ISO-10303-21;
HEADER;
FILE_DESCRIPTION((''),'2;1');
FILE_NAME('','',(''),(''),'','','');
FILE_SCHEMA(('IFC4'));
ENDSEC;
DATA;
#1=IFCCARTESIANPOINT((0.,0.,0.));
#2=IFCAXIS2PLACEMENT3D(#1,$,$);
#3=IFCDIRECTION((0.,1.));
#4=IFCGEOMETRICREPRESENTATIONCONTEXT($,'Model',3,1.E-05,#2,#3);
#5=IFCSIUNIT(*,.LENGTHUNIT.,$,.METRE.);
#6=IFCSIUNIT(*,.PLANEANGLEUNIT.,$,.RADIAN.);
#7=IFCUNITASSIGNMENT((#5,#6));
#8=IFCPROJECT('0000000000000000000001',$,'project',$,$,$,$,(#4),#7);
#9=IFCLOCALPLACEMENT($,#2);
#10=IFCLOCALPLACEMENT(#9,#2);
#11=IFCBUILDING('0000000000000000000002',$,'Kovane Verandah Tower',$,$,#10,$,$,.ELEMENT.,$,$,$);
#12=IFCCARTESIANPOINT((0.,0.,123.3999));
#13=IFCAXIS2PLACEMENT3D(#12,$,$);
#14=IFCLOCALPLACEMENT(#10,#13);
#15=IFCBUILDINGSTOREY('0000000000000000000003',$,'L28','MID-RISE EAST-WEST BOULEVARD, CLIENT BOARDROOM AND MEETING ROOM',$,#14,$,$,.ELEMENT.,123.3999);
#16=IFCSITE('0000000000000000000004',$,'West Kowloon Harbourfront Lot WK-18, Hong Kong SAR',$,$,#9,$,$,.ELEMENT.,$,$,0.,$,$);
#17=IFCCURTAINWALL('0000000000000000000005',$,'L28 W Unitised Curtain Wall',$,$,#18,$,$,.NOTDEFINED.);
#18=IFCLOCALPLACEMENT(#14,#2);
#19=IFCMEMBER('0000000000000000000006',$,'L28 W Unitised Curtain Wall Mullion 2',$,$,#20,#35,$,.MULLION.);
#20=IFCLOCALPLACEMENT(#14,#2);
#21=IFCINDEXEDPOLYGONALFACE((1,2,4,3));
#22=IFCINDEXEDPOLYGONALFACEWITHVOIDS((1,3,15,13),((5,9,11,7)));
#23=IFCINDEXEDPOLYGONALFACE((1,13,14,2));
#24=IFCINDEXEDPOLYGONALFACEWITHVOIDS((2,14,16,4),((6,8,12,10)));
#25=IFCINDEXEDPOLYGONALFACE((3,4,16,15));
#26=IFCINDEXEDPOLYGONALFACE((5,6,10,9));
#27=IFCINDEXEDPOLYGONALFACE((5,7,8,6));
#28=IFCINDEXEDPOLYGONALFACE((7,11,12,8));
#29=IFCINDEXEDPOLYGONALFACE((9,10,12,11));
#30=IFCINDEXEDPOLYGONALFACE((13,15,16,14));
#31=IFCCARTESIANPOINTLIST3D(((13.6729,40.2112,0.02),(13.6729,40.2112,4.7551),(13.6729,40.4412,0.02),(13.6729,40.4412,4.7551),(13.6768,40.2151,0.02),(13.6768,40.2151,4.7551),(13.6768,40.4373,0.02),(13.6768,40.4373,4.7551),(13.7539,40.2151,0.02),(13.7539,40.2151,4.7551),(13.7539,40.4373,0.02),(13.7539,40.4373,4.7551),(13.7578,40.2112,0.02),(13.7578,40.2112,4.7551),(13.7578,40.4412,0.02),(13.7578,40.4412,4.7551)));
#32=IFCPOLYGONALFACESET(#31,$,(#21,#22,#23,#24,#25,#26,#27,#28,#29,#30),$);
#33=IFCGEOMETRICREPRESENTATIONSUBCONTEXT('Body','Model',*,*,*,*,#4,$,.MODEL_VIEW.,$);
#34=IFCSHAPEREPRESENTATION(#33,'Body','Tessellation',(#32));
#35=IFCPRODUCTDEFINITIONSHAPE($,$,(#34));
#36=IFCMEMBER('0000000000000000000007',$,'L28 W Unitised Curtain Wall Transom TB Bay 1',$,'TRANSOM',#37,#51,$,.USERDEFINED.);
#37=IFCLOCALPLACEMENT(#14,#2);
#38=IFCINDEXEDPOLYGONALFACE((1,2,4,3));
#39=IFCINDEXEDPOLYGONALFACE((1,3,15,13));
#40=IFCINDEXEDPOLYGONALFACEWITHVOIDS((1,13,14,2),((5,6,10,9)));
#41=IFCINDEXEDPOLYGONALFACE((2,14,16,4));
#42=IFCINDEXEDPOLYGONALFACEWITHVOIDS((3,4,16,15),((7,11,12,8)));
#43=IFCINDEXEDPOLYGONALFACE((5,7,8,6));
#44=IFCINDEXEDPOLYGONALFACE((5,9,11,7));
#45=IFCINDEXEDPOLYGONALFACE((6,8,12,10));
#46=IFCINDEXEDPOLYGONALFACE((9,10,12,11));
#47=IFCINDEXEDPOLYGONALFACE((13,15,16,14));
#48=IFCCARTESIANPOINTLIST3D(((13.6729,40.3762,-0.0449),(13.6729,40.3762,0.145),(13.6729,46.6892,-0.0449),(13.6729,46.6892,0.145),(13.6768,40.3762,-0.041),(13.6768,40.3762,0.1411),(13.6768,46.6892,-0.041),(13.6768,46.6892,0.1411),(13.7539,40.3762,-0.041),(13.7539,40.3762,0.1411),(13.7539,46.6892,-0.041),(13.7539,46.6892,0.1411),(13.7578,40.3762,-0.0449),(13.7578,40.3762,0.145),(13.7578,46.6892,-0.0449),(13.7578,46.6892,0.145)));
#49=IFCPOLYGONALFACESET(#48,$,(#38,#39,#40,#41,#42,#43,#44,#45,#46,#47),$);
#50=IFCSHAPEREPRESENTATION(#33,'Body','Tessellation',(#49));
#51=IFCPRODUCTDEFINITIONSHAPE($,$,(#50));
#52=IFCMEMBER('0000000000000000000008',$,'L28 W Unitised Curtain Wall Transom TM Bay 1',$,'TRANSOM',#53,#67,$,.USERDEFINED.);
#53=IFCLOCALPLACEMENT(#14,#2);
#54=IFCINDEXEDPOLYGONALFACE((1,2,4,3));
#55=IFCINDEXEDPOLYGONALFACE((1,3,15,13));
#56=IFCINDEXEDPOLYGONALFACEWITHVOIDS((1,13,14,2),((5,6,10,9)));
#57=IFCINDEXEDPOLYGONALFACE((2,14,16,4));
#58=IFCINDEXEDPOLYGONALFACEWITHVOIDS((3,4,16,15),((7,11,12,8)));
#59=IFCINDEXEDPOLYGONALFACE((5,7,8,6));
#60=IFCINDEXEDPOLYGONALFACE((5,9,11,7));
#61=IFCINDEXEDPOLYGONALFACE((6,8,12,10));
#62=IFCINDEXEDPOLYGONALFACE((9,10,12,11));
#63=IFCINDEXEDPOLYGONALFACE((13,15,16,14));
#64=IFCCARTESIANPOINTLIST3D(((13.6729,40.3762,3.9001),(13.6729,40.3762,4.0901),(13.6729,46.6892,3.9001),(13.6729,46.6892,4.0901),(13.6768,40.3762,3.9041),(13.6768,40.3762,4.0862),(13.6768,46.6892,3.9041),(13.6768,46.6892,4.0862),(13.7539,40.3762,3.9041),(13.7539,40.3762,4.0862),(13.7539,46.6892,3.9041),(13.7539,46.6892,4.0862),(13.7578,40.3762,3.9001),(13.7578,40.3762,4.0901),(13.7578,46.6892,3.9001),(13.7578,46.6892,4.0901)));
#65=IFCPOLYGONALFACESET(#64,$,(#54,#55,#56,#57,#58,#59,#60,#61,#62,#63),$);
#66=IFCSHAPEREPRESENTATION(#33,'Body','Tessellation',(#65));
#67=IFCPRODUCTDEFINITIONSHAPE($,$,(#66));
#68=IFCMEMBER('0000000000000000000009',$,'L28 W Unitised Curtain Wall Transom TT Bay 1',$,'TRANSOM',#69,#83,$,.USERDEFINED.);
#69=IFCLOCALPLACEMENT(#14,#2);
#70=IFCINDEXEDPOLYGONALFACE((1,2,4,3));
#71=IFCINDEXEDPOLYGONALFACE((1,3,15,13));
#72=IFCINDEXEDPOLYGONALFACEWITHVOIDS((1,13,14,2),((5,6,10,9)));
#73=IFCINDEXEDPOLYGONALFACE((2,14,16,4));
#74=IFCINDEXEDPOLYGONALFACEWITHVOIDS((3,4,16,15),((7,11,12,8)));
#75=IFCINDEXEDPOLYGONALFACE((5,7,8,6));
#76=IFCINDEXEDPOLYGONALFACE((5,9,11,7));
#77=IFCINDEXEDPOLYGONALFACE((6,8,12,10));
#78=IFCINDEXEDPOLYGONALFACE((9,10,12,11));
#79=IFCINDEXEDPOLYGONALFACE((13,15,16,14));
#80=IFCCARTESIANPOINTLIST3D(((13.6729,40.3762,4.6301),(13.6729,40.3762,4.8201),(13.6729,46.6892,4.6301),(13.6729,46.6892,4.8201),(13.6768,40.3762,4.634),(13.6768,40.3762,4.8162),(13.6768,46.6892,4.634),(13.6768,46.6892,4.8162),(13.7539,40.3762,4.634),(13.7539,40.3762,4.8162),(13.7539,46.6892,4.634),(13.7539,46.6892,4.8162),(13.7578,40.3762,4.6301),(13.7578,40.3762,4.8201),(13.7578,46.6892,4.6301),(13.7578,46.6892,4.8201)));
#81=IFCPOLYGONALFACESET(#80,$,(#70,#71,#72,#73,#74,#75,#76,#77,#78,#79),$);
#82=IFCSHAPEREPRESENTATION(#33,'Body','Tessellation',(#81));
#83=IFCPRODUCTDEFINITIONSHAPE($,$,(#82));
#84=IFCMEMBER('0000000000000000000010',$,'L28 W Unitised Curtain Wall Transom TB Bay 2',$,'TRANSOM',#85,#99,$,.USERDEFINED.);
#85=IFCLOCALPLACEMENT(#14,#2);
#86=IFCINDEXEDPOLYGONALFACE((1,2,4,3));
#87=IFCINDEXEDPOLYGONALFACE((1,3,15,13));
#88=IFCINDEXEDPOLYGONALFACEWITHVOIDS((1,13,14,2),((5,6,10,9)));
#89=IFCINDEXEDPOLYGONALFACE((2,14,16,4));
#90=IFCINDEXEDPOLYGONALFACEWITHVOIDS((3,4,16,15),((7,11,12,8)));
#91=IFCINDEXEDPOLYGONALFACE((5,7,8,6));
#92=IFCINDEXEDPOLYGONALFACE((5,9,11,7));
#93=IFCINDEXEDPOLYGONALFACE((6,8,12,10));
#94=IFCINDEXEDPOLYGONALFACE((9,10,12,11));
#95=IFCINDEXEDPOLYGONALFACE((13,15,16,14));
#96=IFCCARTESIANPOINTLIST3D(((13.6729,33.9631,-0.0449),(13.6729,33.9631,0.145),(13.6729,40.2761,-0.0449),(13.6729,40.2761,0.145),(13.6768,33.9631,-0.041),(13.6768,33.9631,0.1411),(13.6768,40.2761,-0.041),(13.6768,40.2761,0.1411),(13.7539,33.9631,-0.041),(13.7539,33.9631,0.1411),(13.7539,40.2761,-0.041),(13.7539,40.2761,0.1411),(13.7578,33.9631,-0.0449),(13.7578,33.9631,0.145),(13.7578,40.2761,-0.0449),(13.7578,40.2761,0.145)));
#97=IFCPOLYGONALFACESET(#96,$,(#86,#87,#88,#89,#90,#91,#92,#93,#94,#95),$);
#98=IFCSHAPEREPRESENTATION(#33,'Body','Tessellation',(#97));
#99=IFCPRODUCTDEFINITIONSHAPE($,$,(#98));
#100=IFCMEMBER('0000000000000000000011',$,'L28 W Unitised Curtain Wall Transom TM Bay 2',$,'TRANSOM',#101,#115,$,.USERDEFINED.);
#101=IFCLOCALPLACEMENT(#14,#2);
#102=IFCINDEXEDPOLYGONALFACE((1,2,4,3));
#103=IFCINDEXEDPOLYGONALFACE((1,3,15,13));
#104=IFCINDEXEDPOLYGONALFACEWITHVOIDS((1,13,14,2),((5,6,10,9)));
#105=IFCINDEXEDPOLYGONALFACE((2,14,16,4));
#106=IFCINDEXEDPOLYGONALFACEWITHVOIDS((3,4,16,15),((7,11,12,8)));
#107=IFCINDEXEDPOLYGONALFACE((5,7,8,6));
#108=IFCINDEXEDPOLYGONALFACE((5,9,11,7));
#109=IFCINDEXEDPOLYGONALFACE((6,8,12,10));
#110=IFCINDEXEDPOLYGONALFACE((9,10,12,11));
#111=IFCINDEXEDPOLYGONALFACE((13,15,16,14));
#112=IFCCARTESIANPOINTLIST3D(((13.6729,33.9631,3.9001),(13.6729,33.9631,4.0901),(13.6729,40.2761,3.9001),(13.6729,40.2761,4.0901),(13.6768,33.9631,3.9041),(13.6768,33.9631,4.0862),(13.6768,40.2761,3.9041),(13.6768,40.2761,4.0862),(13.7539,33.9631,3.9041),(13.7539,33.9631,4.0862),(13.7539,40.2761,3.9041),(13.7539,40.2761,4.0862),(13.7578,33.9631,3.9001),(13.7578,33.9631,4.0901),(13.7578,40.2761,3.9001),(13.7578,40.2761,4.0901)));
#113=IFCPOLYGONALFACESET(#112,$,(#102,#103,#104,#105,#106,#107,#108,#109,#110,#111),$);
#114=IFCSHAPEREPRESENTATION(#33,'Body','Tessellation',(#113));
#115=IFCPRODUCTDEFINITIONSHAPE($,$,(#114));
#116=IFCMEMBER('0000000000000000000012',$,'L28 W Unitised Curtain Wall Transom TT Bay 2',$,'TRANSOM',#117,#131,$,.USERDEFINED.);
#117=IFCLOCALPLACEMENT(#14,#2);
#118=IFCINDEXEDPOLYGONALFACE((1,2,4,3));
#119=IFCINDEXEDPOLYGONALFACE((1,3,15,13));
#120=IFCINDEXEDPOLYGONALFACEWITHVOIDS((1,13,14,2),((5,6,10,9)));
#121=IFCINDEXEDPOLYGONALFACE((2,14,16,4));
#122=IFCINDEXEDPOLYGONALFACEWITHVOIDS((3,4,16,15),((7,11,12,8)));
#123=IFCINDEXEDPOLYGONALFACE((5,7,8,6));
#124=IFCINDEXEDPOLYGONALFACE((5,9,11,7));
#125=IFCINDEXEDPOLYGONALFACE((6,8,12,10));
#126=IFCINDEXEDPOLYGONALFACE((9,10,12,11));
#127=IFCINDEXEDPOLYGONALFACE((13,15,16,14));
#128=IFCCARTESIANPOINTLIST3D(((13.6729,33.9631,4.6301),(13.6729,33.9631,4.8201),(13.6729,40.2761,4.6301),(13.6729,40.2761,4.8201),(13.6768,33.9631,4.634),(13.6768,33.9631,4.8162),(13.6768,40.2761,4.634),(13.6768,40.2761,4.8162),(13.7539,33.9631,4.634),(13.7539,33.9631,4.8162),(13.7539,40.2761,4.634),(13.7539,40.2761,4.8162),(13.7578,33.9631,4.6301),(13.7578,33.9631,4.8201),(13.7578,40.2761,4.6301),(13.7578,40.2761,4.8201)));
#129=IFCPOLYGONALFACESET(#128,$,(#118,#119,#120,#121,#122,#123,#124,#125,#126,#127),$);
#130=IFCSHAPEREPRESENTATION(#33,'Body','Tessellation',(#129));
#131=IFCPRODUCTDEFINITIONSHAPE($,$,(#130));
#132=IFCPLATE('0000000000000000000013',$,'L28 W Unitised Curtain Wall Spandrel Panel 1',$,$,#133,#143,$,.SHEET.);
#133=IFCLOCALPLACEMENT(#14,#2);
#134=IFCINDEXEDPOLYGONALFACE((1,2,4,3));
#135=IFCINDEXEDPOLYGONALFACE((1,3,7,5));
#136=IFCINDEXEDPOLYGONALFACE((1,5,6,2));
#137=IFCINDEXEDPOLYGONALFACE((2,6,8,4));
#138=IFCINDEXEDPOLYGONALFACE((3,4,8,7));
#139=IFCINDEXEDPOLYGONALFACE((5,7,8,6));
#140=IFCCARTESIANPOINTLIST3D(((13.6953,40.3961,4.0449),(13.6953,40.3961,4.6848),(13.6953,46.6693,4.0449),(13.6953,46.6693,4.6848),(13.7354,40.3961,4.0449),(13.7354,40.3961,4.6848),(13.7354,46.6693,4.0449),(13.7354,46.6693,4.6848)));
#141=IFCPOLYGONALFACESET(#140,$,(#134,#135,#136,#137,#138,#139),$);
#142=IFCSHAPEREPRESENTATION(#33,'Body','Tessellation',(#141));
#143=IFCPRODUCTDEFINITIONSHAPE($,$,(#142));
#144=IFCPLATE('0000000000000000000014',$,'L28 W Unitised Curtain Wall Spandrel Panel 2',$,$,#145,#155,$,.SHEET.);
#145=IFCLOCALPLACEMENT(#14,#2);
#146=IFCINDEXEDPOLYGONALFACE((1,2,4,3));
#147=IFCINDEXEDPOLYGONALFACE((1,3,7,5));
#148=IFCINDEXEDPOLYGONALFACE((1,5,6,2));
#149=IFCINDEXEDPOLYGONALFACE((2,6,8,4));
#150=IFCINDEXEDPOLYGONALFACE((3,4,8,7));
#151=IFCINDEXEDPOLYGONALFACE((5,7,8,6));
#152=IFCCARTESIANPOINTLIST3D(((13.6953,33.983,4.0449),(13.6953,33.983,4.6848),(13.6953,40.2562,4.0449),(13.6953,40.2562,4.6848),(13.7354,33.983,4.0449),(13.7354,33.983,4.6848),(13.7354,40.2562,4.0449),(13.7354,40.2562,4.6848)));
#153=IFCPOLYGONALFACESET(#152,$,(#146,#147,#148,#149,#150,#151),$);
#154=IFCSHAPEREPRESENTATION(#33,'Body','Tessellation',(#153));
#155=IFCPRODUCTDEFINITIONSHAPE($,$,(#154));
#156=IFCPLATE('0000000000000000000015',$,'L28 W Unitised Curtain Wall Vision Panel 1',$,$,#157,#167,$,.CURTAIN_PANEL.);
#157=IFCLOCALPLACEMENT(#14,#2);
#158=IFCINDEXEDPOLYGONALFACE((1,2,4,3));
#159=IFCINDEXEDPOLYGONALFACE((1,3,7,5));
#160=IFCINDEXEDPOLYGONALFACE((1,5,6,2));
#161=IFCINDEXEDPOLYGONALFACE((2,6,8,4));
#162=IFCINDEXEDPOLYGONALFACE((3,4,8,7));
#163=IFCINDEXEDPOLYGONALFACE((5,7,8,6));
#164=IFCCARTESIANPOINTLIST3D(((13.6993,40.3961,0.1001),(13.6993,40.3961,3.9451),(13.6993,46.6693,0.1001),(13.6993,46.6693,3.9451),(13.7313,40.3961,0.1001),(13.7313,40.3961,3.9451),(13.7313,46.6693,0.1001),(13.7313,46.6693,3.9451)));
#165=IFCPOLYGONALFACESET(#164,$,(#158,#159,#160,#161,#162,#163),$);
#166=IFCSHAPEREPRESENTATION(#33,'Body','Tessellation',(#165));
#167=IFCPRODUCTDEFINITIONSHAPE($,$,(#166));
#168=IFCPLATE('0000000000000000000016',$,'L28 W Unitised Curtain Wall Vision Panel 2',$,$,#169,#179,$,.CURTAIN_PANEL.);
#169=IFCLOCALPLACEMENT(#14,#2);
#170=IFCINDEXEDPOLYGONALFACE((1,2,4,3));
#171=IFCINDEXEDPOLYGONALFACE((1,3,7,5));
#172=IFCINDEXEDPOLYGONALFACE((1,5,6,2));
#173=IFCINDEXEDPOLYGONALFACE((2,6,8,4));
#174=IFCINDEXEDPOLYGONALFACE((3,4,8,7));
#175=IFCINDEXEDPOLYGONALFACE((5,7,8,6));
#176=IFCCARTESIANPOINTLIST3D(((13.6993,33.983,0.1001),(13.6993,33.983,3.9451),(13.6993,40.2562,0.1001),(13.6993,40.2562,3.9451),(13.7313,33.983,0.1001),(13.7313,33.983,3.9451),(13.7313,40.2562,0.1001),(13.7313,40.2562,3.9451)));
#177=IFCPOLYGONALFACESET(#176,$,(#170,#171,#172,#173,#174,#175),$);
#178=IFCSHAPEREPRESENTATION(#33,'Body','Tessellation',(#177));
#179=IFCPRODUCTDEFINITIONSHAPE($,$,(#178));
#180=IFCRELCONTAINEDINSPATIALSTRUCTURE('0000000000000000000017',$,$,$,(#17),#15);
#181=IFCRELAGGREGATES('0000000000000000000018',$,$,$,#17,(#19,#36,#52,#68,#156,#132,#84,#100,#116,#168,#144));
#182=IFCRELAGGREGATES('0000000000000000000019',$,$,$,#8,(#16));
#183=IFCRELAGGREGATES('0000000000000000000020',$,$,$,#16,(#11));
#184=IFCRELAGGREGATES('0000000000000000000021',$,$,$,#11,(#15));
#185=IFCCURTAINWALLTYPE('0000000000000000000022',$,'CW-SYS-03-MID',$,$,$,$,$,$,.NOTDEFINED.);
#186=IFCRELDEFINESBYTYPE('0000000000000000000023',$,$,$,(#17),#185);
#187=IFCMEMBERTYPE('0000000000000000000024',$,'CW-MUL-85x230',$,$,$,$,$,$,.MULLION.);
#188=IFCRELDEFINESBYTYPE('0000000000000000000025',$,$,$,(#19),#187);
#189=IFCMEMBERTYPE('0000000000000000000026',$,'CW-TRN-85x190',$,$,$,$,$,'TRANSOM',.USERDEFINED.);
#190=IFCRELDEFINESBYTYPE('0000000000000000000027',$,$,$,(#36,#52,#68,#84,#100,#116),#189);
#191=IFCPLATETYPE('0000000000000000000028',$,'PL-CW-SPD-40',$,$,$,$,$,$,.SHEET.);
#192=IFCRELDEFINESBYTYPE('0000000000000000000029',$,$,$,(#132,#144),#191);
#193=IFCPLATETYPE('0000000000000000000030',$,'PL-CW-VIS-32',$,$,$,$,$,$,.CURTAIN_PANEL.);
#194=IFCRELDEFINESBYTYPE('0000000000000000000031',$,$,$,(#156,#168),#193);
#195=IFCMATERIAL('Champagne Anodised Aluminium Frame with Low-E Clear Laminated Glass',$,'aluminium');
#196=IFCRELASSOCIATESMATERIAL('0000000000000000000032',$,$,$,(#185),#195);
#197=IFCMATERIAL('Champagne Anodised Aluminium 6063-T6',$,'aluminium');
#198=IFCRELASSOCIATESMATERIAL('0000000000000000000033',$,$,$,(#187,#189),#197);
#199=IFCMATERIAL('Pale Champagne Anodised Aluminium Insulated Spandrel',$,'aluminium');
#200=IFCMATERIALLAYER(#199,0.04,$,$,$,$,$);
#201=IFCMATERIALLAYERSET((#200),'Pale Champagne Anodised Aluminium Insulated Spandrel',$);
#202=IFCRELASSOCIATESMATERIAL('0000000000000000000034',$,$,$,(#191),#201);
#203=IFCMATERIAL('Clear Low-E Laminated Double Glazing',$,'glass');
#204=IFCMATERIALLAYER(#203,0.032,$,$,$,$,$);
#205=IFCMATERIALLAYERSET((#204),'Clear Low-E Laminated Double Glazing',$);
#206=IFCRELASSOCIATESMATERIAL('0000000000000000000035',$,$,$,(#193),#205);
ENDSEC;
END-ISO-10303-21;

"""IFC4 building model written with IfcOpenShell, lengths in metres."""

from ifc_helpers import new_model, si_unit, direction, frame, origin, origin_2d, place, context, subcontext, project, spatial, rectangle, hollow_rectangle, extrude, material, layer, layer_set, material_profile, profile_set, type_object, element, aggregate, save


model = new_model("IFC4")

# Units and contexts
model_context = context("Model", 3, precision=1e-05, world=origin(), true_north=direction((0.0, 1.0)))
body_context = subcontext(model_context, "Body", "Model", "MODEL_VIEW")
ifc_project = project(units=[si_unit("LENGTHUNIT", "METRE"), si_unit("PLANEANGLEUNIT", "RADIAN")], contexts=[model_context])

# Site, building, storey
site_placement = place(None, origin())
site = spatial("IfcSite", under=ifc_project, at=site_placement, Name="West Kowloon Harbourfront Lot WK-18, Hong Kong SAR", CompositionType="ELEMENT", RefElevation=0.0)
building_placement = place(site_placement, origin())
building = spatial("IfcBuilding", under=site, at=building_placement, Name="Kovane Verandah Tower", CompositionType="ELEMENT")
storey_placement = place(building_placement, frame((0.0, 0.0, 123.3999)))
storey = spatial("IfcBuildingStorey", under=building, at=storey_placement, Name="L28", Description="MID-RISE EAST-WEST BOULEVARD, CLIENT BOARDROOM AND MEETING ROOM", CompositionType="ELEMENT", Elevation=123.3999)

# Curtain wall, members, plates
ifc_material_1 = material(Name="Champagne Anodised Aluminium Frame with Low-E Clear Laminated Glass", Category="aluminium")
curtain_wall_type = type_object("IfcCurtainWallType", Name="CW-SYS-03-MID", PredefinedType="NOTDEFINED", material=ifc_material_1)
curtain_wall_placement = place(storey_placement, origin())
curtain_wall = element("IfcCurtainWall", 1, at=curtain_wall_placement, inside=storey, type_object=curtain_wall_type, Name="L28 W Unitised Curtain Wall", PredefinedType="NOTDEFINED")
ifc_material_2 = material(Name="Champagne Anodised Aluminium 6063-T6", Category="aluminium")
ifc_material_profile_1 = material_profile(ifc_material_2, hollow_rectangle(XDim=0.085, YDim=0.23, WallThickness=0.0039, at=origin_2d()), Name="AL85x230x4")
ifc_profile_set_1 = profile_set([ifc_material_profile_1], Name="Champagne Anodised Aluminium 6063-T6")
member_type_1 = type_object("IfcMemberType", Name="CW-MUL-85x230", PredefinedType="MULLION", material=ifc_profile_set_1)
member_1_placement = place(storey_placement, frame((13.7153, 40.3262, 0.02), z_axis=(0.0, 0.0, 1.0), x_axis=(-1.0, 0.0, 0.0)))
member_1 = element("IfcMember", 2, at=member_1_placement, type_object=member_type_1, Name="L28 W Unitised Curtain Wall Mullion 2", PredefinedType="MULLION", context=body_context, shape_type="SweptSolid", body=[
    extrude(hollow_rectangle(XDim=0.085, YDim=0.23, WallThickness=0.0039, at=origin_2d()), origin(), (0.0, 0.0, 1.0), 4.7351),
])
ifc_material_profile_2 = material_profile(ifc_material_2, hollow_rectangle(XDim=0.085, YDim=0.1899, WallThickness=0.0039, at=origin_2d()), Name="AL85x190x4")
ifc_profile_set_2 = profile_set([ifc_material_profile_2], Name="Champagne Anodised Aluminium 6063-T6")
member_type_2 = type_object("IfcMemberType", Name="CW-TRN-85x190", ElementType="TRANSOM", PredefinedType="USERDEFINED", material=ifc_profile_set_2)
member_2_placement = place(storey_placement, frame((13.7153, 46.6892, 0.05), z_axis=(0.0, -1.0, 0.0), x_axis=(1.0, 0.0, 0.0)))
member_2 = element("IfcMember", 3, at=member_2_placement, type_object=member_type_2, Name="L28 W Unitised Curtain Wall Transom TB Bay 1", ObjectType="TRANSOM", PredefinedType="USERDEFINED", context=body_context, shape_type="SweptSolid", body=[
    extrude(hollow_rectangle(XDim=0.085, YDim=0.1899, WallThickness=0.0039, at=origin_2d()), origin(), (0.0, 0.0, 1.0), 6.313),
])
member_3_placement = place(storey_placement, frame((13.7153, 46.6892, 3.9951), z_axis=(0.0, -1.0, 0.0), x_axis=(1.0, 0.0, 0.0)))
member_3 = element("IfcMember", 4, at=member_3_placement, type_object=member_type_2, Name="L28 W Unitised Curtain Wall Transom TM Bay 1", ObjectType="TRANSOM", PredefinedType="USERDEFINED", context=body_context, shape_type="SweptSolid", body=[
    extrude(hollow_rectangle(XDim=0.085, YDim=0.1899, WallThickness=0.0039, at=origin_2d()), origin(), (0.0, 0.0, 1.0), 6.313),
])
member_4_placement = place(storey_placement, frame((13.7153, 46.6892, 4.7251), z_axis=(0.0, -1.0, 0.0), x_axis=(1.0, 0.0, 0.0)))
member_4 = element("IfcMember", 5, at=member_4_placement, type_object=member_type_2, Name="L28 W Unitised Curtain Wall Transom TT Bay 1", ObjectType="TRANSOM", PredefinedType="USERDEFINED", context=body_context, shape_type="SweptSolid", body=[
    extrude(hollow_rectangle(XDim=0.085, YDim=0.1899, WallThickness=0.0039, at=origin_2d()), origin(), (0.0, 0.0, 1.0), 6.313),
])
member_5_placement = place(storey_placement, frame((13.7153, 40.2761, 0.05), z_axis=(0.0, -1.0, 0.0), x_axis=(1.0, 0.0, 0.0)))
member_5 = element("IfcMember", 6, at=member_5_placement, type_object=member_type_2, Name="L28 W Unitised Curtain Wall Transom TB Bay 2", ObjectType="TRANSOM", PredefinedType="USERDEFINED", context=body_context, shape_type="SweptSolid", body=[
    extrude(hollow_rectangle(XDim=0.085, YDim=0.1899, WallThickness=0.0039, at=origin_2d()), origin(), (0.0, 0.0, 1.0), 6.313),
])
member_6_placement = place(storey_placement, frame((13.7153, 40.2761, 3.9951), z_axis=(0.0, -1.0, 0.0), x_axis=(1.0, 0.0, 0.0)))
member_6 = element("IfcMember", 7, at=member_6_placement, type_object=member_type_2, Name="L28 W Unitised Curtain Wall Transom TM Bay 2", ObjectType="TRANSOM", PredefinedType="USERDEFINED", context=body_context, shape_type="SweptSolid", body=[
    extrude(hollow_rectangle(XDim=0.085, YDim=0.1899, WallThickness=0.0039, at=origin_2d()), origin(), (0.0, 0.0, 1.0), 6.313),
])
member_7_placement = place(storey_placement, frame((13.7153, 40.2761, 4.7251), z_axis=(0.0, -1.0, 0.0), x_axis=(1.0, 0.0, 0.0)))
member_7 = element("IfcMember", 8, at=member_7_placement, type_object=member_type_2, Name="L28 W Unitised Curtain Wall Transom TT Bay 2", ObjectType="TRANSOM", PredefinedType="USERDEFINED", context=body_context, shape_type="SweptSolid", body=[
    extrude(hollow_rectangle(XDim=0.085, YDim=0.1899, WallThickness=0.0039, at=origin_2d()), origin(), (0.0, 0.0, 1.0), 6.313),
])
ifc_material_3 = material(Name="Pale Champagne Anodised Aluminium Insulated Spandrel", Category="aluminium")
ifc_layer_1 = layer(ifc_material_3, 0.04)
ifc_layer_set_1 = layer_set([ifc_layer_1], Name="Pale Champagne Anodised Aluminium Insulated Spandrel")
plate_type_1 = type_object("IfcPlateType", Name="PL-CW-SPD-40", PredefinedType="SHEET", material=ifc_layer_set_1)
plate_1_placement = place(storey_placement, frame((13.7153, 43.5327, 4.0449), z_axis=(0.0, 0.0, 1.0), x_axis=(0.0, -1.0, 0.0)))
plate_1 = element("IfcPlate", 9, at=plate_1_placement, type_object=plate_type_1, Name="L28 W Unitised Curtain Wall Spandrel Panel 1", PredefinedType="SHEET", context=body_context, shape_type="SweptSolid", body=[
    extrude(rectangle(XDim=6.2732, YDim=0.04, at=origin_2d()), origin(), (0.0, 0.0, 1.0), 0.6399),
])
plate_2_placement = place(storey_placement, frame((13.7153, 37.1196, 4.0449), z_axis=(0.0, 0.0, 1.0), x_axis=(0.0, -1.0, 0.0)))
plate_2 = element("IfcPlate", 10, at=plate_2_placement, type_object=plate_type_1, Name="L28 W Unitised Curtain Wall Spandrel Panel 2", PredefinedType="SHEET", context=body_context, shape_type="SweptSolid", body=[
    extrude(rectangle(XDim=6.2732, YDim=0.04, at=origin_2d()), origin(), (0.0, 0.0, 1.0), 0.6399),
])
ifc_material_4 = material(Name="Clear Low-E Laminated Double Glazing", Category="glass")
ifc_layer_2 = layer(ifc_material_4, 0.032)
ifc_layer_set_2 = layer_set([ifc_layer_2], Name="Clear Low-E Laminated Double Glazing")
plate_type_2 = type_object("IfcPlateType", Name="PL-CW-VIS-32", PredefinedType="CURTAIN_PANEL", material=ifc_layer_set_2)
plate_3_placement = place(storey_placement, frame((13.7153, 43.5327, 0.1001), z_axis=(0.0, 0.0, 1.0), x_axis=(0.0, -1.0, 0.0)))
plate_3 = element("IfcPlate", 11, at=plate_3_placement, type_object=plate_type_2, Name="L28 W Unitised Curtain Wall Vision Panel 1", PredefinedType="CURTAIN_PANEL", context=body_context, shape_type="SweptSolid", body=[
    extrude(rectangle(XDim=6.2732, YDim=0.032, at=origin_2d()), origin(), (0.0, 0.0, 1.0), 3.845),
])
plate_4_placement = place(storey_placement, frame((13.7153, 37.1196, 0.1001), z_axis=(0.0, 0.0, 1.0), x_axis=(0.0, -1.0, 0.0)))
plate_4 = element("IfcPlate", 12, at=plate_4_placement, type_object=plate_type_2, Name="L28 W Unitised Curtain Wall Vision Panel 2", PredefinedType="CURTAIN_PANEL", context=body_context, shape_type="SweptSolid", body=[
    extrude(rectangle(XDim=6.2732, YDim=0.032, at=origin_2d()), origin(), (0.0, 0.0, 1.0), 3.845),
])
aggregate(curtain_wall, [member_1, member_2, member_3, member_4, plate_3, plate_1, member_5, member_6, member_7, plate_4, plate_2])

save(model, "model.ifc")
